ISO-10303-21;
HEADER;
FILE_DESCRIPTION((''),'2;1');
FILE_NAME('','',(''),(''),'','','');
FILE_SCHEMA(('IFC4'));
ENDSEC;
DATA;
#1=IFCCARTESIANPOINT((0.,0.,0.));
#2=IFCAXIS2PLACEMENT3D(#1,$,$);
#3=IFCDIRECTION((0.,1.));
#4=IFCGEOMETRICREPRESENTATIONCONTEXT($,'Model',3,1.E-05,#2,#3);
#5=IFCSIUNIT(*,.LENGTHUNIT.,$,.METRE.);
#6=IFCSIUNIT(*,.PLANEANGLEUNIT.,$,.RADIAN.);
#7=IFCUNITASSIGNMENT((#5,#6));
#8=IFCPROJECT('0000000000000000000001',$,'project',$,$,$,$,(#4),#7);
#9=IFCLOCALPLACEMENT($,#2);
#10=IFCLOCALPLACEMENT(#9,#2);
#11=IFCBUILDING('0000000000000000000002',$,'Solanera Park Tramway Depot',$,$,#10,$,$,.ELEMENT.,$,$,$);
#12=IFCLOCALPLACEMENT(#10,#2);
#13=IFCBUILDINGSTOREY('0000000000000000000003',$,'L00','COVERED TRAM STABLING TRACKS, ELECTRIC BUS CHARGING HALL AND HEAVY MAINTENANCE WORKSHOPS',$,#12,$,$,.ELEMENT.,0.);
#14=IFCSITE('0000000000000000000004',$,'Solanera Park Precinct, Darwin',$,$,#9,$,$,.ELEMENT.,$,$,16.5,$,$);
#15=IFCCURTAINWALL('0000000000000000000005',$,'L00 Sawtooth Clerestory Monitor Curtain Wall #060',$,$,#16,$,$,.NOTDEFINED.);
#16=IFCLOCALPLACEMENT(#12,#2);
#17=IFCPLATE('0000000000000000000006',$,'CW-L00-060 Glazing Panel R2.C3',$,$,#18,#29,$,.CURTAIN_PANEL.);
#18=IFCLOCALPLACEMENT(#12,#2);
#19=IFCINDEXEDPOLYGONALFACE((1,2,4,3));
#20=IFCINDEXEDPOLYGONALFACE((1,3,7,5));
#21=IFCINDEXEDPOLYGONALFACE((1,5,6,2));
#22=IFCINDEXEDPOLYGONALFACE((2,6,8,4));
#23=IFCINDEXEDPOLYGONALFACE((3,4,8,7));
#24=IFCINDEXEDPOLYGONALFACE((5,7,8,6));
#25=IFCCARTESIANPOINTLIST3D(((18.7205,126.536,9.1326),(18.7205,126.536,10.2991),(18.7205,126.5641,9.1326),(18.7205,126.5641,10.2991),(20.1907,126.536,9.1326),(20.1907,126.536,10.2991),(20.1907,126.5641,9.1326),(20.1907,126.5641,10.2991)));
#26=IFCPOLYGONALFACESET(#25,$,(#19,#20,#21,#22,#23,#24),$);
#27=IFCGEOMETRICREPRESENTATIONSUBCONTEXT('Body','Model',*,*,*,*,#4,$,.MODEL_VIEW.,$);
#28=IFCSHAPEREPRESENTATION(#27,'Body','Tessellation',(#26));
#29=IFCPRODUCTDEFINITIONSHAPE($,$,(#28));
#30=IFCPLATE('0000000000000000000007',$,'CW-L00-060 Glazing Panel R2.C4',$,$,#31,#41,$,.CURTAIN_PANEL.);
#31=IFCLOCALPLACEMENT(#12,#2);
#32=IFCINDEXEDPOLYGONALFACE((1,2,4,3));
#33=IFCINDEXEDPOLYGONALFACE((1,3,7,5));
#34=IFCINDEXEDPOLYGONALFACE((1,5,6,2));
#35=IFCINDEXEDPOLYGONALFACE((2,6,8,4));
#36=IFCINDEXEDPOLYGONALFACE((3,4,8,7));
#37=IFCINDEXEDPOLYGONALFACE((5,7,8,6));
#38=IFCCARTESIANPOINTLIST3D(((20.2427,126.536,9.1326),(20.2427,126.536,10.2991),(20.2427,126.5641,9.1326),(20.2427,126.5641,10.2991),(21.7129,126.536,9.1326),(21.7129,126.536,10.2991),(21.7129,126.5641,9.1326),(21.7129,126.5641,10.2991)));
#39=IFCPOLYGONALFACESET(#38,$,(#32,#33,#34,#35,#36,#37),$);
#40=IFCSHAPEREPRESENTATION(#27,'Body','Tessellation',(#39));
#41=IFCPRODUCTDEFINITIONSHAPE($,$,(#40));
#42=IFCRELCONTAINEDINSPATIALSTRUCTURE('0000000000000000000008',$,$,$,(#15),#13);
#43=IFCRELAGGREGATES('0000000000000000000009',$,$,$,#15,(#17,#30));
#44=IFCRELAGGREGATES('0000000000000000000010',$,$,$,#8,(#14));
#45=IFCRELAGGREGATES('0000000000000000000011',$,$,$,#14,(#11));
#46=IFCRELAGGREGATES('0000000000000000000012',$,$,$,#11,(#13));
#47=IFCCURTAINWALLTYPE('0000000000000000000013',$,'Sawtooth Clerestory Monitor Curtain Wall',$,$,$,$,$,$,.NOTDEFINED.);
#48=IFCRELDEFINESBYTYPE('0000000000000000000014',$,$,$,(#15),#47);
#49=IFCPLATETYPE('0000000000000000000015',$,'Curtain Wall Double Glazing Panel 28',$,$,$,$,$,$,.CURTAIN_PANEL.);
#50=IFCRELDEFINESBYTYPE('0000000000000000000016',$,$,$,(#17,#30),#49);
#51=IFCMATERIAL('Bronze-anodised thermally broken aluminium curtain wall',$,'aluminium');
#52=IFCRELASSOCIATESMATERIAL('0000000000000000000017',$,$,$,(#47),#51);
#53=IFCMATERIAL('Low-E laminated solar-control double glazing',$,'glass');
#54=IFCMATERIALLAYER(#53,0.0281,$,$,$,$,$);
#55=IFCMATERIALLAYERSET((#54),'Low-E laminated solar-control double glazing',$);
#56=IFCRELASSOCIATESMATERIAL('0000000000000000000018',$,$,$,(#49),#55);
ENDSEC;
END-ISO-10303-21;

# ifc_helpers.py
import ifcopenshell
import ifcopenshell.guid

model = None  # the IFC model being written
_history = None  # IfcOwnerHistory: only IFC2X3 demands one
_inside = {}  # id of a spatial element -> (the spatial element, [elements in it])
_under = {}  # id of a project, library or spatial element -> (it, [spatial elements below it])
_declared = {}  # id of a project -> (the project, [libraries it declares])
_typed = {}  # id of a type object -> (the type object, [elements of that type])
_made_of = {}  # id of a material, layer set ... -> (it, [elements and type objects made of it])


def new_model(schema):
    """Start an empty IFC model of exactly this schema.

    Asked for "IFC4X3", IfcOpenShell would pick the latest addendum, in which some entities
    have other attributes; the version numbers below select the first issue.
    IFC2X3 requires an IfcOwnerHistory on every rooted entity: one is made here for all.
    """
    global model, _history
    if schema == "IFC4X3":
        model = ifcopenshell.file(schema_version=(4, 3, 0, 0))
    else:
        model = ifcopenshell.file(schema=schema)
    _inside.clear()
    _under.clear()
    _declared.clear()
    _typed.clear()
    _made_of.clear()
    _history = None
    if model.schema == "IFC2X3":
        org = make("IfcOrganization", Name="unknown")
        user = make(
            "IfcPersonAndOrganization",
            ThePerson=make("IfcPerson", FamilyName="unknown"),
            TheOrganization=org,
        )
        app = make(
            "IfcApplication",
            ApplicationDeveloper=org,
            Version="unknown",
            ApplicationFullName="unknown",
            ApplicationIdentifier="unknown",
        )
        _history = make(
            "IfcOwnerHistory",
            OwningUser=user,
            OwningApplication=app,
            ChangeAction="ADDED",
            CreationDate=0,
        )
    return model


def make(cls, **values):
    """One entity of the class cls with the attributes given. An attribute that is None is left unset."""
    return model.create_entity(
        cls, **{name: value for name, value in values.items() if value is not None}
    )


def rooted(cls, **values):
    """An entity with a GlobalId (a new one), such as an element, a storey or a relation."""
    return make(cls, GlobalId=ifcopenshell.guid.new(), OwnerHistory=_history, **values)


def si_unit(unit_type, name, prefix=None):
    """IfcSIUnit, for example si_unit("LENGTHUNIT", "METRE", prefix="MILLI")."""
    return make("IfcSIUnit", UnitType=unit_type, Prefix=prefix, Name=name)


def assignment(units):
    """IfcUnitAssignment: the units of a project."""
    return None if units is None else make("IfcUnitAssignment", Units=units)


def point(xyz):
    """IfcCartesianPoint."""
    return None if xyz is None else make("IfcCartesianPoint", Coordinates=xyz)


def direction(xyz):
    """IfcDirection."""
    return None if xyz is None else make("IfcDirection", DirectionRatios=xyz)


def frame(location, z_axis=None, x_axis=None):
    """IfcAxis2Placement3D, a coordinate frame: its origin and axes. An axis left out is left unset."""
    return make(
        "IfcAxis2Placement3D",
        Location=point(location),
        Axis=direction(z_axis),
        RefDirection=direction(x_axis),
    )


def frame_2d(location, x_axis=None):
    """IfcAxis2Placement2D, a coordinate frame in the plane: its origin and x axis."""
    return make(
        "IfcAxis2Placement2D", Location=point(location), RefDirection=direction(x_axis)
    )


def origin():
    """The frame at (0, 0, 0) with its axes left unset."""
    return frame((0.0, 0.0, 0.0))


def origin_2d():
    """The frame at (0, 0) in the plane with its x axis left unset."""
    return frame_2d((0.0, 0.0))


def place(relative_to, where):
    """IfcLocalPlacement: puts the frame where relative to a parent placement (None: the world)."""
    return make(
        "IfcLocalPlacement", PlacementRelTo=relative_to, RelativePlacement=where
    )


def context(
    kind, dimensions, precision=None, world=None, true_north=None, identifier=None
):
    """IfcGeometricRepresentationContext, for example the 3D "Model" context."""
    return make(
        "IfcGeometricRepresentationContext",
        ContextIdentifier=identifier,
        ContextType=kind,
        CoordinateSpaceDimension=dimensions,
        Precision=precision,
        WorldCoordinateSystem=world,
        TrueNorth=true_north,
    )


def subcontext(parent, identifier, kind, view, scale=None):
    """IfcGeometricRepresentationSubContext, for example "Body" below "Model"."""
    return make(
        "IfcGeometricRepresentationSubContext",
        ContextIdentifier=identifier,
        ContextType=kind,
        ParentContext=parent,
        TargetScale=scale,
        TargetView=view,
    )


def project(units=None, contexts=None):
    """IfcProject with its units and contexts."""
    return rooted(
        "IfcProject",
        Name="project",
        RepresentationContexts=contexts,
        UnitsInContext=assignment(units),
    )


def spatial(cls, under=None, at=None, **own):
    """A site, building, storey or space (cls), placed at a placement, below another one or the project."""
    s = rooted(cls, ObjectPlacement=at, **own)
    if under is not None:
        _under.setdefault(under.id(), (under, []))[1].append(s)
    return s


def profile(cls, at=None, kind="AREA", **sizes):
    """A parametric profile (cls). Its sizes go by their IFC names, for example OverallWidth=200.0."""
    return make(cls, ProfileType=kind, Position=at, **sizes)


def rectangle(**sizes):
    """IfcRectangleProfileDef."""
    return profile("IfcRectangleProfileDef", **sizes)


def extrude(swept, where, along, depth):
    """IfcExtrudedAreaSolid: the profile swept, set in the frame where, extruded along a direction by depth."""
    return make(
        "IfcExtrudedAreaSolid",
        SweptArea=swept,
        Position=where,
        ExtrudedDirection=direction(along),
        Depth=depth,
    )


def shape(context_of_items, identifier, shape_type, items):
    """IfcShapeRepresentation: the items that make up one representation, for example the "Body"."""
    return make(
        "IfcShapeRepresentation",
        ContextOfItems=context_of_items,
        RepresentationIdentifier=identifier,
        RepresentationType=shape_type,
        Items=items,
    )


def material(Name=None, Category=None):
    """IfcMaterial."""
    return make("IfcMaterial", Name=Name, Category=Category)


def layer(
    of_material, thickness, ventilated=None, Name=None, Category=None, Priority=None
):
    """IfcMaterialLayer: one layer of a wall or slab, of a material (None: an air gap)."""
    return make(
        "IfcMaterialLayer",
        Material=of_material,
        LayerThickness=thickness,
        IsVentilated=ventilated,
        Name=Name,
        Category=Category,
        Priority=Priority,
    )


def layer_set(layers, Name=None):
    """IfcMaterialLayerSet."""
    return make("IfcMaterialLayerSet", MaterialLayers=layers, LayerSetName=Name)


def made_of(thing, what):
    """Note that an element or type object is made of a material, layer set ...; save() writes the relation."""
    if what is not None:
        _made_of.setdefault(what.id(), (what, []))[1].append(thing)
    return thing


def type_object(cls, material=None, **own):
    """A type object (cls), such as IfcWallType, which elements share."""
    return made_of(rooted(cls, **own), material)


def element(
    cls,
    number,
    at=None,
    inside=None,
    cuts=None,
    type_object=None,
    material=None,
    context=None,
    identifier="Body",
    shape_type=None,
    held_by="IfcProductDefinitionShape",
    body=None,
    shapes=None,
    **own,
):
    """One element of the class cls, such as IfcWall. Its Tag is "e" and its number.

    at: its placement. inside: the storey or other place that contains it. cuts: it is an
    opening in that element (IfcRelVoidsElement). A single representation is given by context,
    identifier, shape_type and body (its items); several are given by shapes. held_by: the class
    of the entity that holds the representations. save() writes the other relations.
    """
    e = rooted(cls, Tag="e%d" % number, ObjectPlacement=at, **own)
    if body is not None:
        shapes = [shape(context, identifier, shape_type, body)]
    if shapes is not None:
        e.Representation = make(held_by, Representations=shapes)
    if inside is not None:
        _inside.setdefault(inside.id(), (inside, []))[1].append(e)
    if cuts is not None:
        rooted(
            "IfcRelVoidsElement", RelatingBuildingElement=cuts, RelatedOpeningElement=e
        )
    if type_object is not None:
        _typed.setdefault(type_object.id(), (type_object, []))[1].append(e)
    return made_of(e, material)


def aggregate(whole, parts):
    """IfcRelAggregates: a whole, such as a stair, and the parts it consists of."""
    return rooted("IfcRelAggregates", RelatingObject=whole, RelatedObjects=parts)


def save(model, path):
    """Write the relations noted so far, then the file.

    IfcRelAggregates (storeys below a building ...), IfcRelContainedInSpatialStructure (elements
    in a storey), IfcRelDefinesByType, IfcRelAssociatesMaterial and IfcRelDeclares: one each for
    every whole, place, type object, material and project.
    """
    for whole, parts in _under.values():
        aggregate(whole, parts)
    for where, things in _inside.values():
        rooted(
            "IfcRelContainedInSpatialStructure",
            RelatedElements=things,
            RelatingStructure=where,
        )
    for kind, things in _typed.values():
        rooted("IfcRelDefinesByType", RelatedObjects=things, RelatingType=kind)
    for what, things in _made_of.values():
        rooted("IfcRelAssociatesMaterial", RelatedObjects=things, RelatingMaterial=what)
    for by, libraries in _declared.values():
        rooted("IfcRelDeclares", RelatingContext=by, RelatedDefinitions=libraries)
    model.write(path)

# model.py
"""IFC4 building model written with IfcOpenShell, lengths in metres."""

from ifc_helpers import new_model, si_unit, direction, frame, origin, origin_2d, place, context, subcontext, project, spatial, rectangle, extrude, material, layer, layer_set, type_object, element, aggregate, save


model = new_model("IFC4")

# Units and contexts
model_context = context("Model", 3, precision=1e-05, world=origin(), true_north=direction((0.0, 1.0)))
body_context = subcontext(model_context, "Body", "Model", "MODEL_VIEW")
ifc_project = project(units=[si_unit("LENGTHUNIT", "METRE"), si_unit("PLANEANGLEUNIT", "RADIAN")], contexts=[model_context])

# Site, building, storey
site_placement = place(None, origin())
site = spatial("IfcSite", under=ifc_project, at=site_placement, Name="Solanera Park Precinct, Darwin", CompositionType="ELEMENT", RefElevation=16.5)
building_placement = place(site_placement, origin())
building = spatial("IfcBuilding", under=site, at=building_placement, Name="Solanera Park Tramway Depot", CompositionType="ELEMENT")
storey_placement = place(building_placement, origin())
storey = spatial("IfcBuildingStorey", under=building, at=storey_placement, Name="L00", Description="COVERED TRAM STABLING TRACKS, ELECTRIC BUS CHARGING HALL AND HEAVY MAINTENANCE WORKSHOPS", CompositionType="ELEMENT", Elevation=0.0)

# Curtain wall
ifc_material_1 = material(Name="Bronze-anodised thermally broken aluminium curtain wall", Category="aluminium")
curtain_wall_type = type_object("IfcCurtainWallType", Name="Sawtooth Clerestory Monitor Curtain Wall", PredefinedType="NOTDEFINED", material=ifc_material_1)
curtain_wall_1_placement = place(storey_placement, origin())
curtain_wall_1 = element("IfcCurtainWall", 1, at=curtain_wall_1_placement, inside=storey, type_object=curtain_wall_type, Name="L00 Sawtooth Clerestory Monitor Curtain Wall #060", PredefinedType="NOTDEFINED")

# Plates
ifc_material_2 = material(Name="Low-E laminated solar-control double glazing", Category="glass")
ifc_layer = layer(ifc_material_2, 0.0281)
ifc_layer_set = layer_set([ifc_layer], Name="Low-E laminated solar-control double glazing")
plate_type = type_object("IfcPlateType", Name="Curtain Wall Double Glazing Panel 28", PredefinedType="CURTAIN_PANEL", material=ifc_layer_set)
plate_1_placement = place(storey_placement, frame((19.4556, 126.55, 9.1326), z_axis=(0.0, 0.0, 1.0), x_axis=(1.0, 0.0, 0.0)))
plate_1 = element("IfcPlate", 2, at=plate_1_placement, type_object=plate_type, Name="CW-L00-060 Glazing Panel R2.C3", PredefinedType="CURTAIN_PANEL", context=body_context, shape_type="SweptSolid", body=[
    extrude(rectangle(XDim=1.4702, YDim=0.0281, at=origin_2d()), origin(), (0.0, 0.0, 1.0), 1.1665),
])
plate_2_placement = place(storey_placement, frame((20.9778, 126.55, 9.1326), z_axis=(0.0, 0.0, 1.0), x_axis=(1.0, 0.0, 0.0)))
plate_2 = element("IfcPlate", 3, at=plate_2_placement, type_object=plate_type, Name="CW-L00-060 Glazing Panel R2.C4", PredefinedType="CURTAIN_PANEL", context=body_context, shape_type="SweptSolid", body=[
    extrude(rectangle(XDim=1.4702, YDim=0.0281, at=origin_2d()), origin(), (0.0, 0.0, 1.0), 1.1665),
])
aggregate(curtain_wall_1, [plate_1, plate_2])

save(model, "model.ifc")
